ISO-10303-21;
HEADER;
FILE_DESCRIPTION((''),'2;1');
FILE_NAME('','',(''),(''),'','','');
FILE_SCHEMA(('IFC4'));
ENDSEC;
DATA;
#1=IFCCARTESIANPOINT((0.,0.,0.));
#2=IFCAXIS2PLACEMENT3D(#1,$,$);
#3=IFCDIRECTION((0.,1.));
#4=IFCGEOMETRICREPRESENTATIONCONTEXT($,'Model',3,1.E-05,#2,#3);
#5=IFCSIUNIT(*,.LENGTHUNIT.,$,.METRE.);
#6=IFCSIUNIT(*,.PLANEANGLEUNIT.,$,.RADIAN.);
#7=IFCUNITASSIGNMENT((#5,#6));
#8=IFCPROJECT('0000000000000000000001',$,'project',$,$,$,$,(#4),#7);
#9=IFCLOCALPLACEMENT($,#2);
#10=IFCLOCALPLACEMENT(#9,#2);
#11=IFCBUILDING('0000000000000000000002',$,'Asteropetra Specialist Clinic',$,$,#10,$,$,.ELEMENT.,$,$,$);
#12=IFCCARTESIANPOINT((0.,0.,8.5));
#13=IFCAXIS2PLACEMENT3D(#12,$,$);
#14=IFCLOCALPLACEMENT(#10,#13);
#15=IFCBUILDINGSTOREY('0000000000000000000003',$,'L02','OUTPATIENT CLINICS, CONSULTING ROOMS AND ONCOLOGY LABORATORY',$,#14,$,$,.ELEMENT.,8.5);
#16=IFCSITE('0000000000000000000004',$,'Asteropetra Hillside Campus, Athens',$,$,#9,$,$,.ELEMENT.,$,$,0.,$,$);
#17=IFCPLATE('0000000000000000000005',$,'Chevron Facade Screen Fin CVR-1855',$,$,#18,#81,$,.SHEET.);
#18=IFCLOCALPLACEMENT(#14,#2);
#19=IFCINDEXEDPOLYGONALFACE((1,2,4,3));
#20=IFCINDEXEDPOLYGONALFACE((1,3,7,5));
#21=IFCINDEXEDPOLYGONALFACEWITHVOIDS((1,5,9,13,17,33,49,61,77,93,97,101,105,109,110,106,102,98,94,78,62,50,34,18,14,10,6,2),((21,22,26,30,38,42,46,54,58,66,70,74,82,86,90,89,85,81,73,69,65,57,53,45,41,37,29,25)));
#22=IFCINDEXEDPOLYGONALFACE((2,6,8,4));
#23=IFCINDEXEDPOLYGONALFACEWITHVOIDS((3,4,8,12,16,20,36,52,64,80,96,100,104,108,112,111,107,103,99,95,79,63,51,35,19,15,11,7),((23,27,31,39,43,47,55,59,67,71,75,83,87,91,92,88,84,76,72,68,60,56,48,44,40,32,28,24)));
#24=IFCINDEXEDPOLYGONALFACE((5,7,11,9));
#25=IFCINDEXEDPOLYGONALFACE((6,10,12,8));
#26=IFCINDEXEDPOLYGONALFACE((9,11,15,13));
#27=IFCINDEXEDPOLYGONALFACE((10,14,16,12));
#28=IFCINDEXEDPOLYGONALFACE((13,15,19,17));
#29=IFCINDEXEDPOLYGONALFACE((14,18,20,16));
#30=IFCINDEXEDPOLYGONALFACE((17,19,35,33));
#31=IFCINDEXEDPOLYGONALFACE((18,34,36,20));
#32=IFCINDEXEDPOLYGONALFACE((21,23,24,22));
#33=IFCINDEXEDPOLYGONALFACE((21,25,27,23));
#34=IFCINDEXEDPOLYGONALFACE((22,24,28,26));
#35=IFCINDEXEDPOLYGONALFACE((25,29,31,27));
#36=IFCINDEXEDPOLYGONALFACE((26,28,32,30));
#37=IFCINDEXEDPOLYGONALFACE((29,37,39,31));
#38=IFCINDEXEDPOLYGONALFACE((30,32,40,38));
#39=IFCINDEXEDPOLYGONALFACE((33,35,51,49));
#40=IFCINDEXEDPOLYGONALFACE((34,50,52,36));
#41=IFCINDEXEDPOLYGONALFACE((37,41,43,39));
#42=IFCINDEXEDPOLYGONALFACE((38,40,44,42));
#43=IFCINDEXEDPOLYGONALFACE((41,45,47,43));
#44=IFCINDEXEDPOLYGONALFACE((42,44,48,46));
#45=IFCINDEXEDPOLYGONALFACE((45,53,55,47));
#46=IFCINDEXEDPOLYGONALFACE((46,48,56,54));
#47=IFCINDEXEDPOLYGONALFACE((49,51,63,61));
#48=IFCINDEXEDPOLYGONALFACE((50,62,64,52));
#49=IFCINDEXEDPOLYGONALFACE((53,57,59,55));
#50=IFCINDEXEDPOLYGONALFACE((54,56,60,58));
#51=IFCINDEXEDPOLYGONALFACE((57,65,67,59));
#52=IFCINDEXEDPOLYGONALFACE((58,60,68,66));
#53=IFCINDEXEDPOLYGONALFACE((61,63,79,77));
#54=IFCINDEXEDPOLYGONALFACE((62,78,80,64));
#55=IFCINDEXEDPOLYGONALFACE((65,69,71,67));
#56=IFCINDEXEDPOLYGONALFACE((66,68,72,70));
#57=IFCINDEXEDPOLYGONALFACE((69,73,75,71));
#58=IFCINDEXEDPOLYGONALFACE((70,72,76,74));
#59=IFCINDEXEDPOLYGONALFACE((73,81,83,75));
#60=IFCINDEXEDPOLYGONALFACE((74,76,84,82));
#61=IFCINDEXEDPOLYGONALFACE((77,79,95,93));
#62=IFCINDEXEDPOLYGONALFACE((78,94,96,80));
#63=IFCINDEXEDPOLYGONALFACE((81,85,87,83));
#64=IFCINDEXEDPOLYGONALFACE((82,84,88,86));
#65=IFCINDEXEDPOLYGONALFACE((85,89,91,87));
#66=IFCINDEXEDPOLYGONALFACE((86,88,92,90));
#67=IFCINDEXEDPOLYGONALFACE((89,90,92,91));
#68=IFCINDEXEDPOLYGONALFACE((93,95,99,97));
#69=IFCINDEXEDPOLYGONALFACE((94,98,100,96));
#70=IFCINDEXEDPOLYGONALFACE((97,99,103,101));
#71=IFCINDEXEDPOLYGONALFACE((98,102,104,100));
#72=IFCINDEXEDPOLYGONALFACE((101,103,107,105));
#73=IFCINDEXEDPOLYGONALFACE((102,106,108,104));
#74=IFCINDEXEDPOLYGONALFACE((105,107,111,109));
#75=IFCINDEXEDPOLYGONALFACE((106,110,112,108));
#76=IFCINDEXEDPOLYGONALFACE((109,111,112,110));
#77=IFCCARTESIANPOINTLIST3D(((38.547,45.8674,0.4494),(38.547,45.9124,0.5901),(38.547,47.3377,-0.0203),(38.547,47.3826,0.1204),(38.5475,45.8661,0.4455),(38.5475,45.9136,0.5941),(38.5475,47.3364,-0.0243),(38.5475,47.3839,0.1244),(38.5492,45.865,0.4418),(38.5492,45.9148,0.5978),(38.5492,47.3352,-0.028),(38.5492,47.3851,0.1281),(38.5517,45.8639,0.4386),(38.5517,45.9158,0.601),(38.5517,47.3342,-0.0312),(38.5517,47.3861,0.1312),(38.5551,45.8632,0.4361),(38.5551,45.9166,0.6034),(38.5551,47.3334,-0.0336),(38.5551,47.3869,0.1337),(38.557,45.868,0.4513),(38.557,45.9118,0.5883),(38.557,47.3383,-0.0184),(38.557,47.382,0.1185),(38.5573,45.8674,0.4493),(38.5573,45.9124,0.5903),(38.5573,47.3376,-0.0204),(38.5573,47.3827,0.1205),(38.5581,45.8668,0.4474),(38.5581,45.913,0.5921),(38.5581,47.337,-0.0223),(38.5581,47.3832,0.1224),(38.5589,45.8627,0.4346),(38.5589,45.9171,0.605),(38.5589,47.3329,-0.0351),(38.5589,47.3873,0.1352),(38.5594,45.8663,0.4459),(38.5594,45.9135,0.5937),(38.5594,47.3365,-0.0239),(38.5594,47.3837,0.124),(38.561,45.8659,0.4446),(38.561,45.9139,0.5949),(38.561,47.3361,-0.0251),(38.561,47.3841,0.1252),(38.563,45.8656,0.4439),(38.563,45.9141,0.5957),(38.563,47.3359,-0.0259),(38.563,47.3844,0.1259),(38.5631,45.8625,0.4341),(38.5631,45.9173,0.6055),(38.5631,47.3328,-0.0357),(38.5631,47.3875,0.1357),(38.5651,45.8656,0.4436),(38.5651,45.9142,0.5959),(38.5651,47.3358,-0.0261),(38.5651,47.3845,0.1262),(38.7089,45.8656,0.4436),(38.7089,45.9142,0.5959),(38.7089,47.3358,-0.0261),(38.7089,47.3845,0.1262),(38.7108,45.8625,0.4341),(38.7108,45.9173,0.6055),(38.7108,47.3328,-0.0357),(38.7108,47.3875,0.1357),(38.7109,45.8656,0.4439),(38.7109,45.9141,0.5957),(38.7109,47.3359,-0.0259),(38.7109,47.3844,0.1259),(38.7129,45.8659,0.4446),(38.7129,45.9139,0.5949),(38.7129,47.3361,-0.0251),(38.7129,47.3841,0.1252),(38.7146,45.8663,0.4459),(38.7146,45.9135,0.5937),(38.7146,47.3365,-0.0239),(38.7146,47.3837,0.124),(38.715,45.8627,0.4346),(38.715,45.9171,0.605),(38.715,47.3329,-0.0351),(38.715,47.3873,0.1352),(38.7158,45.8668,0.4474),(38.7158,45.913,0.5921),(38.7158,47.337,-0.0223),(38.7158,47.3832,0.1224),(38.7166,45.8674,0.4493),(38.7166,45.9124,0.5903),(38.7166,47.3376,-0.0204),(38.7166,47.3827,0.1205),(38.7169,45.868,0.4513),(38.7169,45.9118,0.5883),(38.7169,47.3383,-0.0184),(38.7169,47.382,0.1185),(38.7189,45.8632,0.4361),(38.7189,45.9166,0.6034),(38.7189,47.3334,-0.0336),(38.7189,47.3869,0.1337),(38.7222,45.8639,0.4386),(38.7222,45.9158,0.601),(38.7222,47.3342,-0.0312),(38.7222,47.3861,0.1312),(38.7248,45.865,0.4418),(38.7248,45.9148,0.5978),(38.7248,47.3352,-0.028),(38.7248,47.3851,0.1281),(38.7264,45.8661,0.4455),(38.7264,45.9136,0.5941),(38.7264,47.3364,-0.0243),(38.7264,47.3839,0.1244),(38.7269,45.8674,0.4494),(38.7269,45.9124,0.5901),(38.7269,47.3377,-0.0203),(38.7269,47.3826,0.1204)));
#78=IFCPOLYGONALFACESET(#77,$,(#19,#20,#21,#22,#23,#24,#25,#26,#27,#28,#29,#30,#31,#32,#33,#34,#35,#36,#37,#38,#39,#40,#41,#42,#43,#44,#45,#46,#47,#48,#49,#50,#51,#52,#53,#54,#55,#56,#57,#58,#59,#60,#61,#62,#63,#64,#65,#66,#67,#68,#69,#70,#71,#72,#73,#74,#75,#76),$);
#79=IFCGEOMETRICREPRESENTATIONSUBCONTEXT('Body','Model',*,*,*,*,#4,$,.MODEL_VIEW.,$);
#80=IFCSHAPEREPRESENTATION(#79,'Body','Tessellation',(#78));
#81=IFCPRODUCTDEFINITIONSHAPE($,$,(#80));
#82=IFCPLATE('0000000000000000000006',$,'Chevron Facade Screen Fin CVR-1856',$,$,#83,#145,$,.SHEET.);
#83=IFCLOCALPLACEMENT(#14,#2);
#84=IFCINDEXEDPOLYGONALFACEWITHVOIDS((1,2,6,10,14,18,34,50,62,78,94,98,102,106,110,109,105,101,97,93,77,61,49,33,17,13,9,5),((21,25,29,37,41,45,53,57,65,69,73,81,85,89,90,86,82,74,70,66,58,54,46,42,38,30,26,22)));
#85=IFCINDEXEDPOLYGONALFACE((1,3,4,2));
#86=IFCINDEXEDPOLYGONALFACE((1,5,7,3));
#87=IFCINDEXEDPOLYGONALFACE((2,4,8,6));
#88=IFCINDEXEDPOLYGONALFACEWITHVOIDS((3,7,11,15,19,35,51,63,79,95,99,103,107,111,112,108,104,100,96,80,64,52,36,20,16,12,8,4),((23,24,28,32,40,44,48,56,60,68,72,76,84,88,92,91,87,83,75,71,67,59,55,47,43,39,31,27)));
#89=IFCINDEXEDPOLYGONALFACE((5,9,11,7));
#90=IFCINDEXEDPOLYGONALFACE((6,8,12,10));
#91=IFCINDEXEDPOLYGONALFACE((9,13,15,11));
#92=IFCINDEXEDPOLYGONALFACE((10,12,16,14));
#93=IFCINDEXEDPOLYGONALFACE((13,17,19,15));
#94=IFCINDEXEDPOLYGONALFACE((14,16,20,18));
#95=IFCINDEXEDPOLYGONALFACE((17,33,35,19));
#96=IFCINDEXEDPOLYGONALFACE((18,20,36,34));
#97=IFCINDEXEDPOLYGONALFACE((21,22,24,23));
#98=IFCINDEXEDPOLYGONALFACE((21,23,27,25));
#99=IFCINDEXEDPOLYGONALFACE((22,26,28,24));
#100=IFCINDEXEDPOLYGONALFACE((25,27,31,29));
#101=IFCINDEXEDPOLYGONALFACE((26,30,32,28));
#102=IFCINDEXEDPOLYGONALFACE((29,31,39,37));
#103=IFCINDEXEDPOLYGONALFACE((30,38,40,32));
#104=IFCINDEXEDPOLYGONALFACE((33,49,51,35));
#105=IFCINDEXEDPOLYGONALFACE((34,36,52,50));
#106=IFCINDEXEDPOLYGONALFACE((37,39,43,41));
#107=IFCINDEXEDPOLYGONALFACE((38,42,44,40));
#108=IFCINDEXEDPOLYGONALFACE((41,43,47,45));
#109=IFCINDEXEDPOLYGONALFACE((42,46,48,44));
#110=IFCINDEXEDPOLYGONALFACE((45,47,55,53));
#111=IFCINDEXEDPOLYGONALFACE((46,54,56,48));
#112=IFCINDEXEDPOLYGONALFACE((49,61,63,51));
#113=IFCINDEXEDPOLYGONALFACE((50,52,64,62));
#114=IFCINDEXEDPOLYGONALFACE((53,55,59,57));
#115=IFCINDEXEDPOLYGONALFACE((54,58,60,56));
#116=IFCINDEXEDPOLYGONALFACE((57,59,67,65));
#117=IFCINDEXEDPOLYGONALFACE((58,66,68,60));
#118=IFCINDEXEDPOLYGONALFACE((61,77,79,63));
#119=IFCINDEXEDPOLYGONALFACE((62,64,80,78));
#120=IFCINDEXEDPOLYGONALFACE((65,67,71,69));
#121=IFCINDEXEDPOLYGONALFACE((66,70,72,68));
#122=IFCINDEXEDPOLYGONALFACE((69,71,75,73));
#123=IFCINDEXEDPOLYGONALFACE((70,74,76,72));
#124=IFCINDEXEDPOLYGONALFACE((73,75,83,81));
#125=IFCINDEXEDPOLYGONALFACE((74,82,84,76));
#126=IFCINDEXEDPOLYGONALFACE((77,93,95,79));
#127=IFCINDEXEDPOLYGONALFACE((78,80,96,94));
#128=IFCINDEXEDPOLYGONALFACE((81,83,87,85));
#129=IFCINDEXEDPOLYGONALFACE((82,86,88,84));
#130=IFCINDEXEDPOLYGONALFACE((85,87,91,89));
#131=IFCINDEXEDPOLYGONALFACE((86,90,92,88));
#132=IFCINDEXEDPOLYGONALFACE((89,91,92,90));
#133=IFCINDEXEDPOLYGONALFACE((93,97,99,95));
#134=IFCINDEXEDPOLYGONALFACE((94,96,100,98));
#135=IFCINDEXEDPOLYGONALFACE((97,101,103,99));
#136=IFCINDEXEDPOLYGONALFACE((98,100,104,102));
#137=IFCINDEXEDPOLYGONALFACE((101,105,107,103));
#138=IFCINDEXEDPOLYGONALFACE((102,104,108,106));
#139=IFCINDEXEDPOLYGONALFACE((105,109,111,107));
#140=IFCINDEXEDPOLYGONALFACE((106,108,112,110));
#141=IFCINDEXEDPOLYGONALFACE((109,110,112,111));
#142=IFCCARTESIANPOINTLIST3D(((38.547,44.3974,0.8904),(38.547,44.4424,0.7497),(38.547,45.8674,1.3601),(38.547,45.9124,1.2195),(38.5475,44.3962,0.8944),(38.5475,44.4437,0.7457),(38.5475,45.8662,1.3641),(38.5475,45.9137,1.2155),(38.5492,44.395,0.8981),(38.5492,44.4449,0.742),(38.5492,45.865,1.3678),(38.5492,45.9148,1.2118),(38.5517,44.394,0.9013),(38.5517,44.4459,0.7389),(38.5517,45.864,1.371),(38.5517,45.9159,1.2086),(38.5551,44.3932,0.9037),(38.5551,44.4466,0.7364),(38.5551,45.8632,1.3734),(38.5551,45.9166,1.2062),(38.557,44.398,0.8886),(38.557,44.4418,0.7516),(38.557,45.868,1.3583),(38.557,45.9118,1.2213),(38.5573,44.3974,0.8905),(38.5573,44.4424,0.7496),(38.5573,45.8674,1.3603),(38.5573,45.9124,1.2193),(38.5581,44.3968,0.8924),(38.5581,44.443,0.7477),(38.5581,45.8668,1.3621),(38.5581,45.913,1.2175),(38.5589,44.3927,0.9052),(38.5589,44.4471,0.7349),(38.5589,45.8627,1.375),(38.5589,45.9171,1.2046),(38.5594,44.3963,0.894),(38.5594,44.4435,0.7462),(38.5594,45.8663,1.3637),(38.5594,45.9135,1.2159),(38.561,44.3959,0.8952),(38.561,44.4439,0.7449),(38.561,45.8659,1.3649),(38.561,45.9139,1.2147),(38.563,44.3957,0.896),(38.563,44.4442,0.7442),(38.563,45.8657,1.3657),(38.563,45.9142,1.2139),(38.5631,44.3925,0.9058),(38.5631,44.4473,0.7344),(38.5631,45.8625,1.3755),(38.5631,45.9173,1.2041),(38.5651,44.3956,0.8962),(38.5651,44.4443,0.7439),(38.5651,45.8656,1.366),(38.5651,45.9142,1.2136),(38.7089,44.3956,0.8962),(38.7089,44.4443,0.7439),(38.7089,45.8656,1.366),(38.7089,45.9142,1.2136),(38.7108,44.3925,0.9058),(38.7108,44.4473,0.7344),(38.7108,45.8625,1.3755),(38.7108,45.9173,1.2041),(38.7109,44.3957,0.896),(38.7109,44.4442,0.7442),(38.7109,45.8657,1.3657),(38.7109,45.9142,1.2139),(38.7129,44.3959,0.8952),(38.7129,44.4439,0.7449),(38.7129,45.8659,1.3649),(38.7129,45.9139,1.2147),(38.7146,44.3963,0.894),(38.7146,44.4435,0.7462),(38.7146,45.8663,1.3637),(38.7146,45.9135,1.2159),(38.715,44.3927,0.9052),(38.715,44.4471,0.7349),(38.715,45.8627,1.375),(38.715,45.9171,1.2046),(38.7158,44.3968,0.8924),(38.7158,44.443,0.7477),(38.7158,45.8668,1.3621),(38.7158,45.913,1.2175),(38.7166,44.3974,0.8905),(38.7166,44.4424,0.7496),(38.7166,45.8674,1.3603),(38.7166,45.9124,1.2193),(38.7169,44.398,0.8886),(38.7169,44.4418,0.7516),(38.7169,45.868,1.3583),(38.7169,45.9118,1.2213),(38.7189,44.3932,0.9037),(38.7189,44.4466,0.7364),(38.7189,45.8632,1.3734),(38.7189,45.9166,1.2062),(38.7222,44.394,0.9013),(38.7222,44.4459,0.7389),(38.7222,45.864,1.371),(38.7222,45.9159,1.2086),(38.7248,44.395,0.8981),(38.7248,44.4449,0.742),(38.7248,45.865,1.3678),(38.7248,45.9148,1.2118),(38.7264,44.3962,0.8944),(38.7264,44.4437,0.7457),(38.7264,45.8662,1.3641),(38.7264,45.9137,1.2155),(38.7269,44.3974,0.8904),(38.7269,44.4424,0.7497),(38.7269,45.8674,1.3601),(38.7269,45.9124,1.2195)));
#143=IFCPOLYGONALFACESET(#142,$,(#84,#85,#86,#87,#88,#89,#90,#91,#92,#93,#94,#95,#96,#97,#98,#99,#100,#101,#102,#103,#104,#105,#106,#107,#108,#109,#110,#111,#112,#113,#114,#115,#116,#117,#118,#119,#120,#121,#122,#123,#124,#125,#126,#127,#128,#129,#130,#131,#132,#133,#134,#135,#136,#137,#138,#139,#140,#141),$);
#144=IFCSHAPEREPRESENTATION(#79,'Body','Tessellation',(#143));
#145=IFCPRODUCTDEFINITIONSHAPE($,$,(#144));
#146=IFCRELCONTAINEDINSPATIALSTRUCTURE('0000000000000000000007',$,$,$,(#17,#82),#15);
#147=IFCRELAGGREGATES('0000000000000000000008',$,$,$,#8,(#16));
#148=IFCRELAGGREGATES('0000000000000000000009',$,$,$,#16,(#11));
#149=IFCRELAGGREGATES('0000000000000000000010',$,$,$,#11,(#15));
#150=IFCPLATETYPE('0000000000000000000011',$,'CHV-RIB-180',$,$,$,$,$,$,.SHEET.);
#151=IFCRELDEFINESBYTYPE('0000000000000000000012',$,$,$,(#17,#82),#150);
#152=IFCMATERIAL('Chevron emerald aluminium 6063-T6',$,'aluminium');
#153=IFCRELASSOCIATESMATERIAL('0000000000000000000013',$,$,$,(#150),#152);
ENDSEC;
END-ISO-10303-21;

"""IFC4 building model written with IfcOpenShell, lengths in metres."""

from ifc_helpers import new_model, si_unit, direction, frame, origin, origin_2d, place, context, subcontext, project, spatial, hollow_rectangle, extrude, material, material_profile, profile_set, type_object, element, save


model = new_model("IFC4")

# Units and contexts
model_context = context("Model", 3, precision=1e-05, world=origin(), true_north=direction((0.0, 1.0)))
body_context = subcontext(model_context, "Body", "Model", "MODEL_VIEW")
ifc_project = project(units=[si_unit("LENGTHUNIT", "METRE"), si_unit("PLANEANGLEUNIT", "RADIAN")], contexts=[model_context])

# Site, building, storey
site_placement = place(None, origin())
site = spatial("IfcSite", under=ifc_project, at=site_placement, Name="Asteropetra Hillside Campus, Athens", CompositionType="ELEMENT", RefElevation=0.0)
building_placement = place(site_placement, origin())
building = spatial("IfcBuilding", under=site, at=building_placement, Name="Asteropetra Specialist Clinic", CompositionType="ELEMENT")
storey_placement = place(building_placement, frame((0.0, 0.0, 8.5)))
storey = spatial("IfcBuildingStorey", under=building, at=storey_placement, Name="L02", Description="OUTPATIENT CLINICS, CONSULTING ROOMS AND ONCOLOGY LABORATORY", CompositionType="ELEMENT", Elevation=8.5)

# Plates
ifc_material_1 = material(Name="Chevron emerald aluminium 6063-T6", Category="aluminium")
ifc_material_profile_1 = material_profile(ifc_material_1, hollow_rectangle(XDim=0.1799, YDim=0.1799, WallThickness=0.01, InnerFilletRadius=0.0081, OuterFilletRadius=0.0161, at=origin_2d()), Name="SHS 180x180x10.0")
ifc_profile_set_1 = profile_set([ifc_material_profile_1], Name="Chevron emerald aluminium 6063-T6")
plate_type = type_object("IfcPlateType", Name="CHV-RIB-180", PredefinedType="SHEET", material=ifc_profile_set_1)
plate_1_placement = place(storey_placement, frame((38.637, 45.8899, 0.5198), z_axis=(0.0, 0.952564, -0.304339), x_axis=(-1.0, 0.0, 0.0)))
element("IfcPlate", 1, at=plate_1_placement, inside=storey, type_object=plate_type, Name="Chevron Facade Screen Fin CVR-1855", PredefinedType="SHEET", context=body_context, shape_type="SweptSolid", body=[
    extrude(hollow_rectangle(XDim=0.1799, YDim=0.1799, WallThickness=0.01, InnerFilletRadius=0.0081, OuterFilletRadius=0.0161, at=origin_2d()), origin(), (0.0, 0.0, 1.0), 1.5435),
])
plate_2_placement = place(storey_placement, frame((38.637, 44.4199, 0.8201), z_axis=(0.0, 0.952549, 0.304385), x_axis=(-1.0, 0.0, 0.0)))
element("IfcPlate", 2, at=plate_2_placement, inside=storey, type_object=plate_type, Name="Chevron Facade Screen Fin CVR-1856", PredefinedType="SHEET", context=body_context, shape_type="SweptSolid", body=[
    extrude(hollow_rectangle(XDim=0.1799, YDim=0.1799, WallThickness=0.01, InnerFilletRadius=0.0081, OuterFilletRadius=0.0161, at=origin_2d()), origin(), (0.0, 0.0, 1.0), 1.5432),
])

save(model, "model.ifc")
